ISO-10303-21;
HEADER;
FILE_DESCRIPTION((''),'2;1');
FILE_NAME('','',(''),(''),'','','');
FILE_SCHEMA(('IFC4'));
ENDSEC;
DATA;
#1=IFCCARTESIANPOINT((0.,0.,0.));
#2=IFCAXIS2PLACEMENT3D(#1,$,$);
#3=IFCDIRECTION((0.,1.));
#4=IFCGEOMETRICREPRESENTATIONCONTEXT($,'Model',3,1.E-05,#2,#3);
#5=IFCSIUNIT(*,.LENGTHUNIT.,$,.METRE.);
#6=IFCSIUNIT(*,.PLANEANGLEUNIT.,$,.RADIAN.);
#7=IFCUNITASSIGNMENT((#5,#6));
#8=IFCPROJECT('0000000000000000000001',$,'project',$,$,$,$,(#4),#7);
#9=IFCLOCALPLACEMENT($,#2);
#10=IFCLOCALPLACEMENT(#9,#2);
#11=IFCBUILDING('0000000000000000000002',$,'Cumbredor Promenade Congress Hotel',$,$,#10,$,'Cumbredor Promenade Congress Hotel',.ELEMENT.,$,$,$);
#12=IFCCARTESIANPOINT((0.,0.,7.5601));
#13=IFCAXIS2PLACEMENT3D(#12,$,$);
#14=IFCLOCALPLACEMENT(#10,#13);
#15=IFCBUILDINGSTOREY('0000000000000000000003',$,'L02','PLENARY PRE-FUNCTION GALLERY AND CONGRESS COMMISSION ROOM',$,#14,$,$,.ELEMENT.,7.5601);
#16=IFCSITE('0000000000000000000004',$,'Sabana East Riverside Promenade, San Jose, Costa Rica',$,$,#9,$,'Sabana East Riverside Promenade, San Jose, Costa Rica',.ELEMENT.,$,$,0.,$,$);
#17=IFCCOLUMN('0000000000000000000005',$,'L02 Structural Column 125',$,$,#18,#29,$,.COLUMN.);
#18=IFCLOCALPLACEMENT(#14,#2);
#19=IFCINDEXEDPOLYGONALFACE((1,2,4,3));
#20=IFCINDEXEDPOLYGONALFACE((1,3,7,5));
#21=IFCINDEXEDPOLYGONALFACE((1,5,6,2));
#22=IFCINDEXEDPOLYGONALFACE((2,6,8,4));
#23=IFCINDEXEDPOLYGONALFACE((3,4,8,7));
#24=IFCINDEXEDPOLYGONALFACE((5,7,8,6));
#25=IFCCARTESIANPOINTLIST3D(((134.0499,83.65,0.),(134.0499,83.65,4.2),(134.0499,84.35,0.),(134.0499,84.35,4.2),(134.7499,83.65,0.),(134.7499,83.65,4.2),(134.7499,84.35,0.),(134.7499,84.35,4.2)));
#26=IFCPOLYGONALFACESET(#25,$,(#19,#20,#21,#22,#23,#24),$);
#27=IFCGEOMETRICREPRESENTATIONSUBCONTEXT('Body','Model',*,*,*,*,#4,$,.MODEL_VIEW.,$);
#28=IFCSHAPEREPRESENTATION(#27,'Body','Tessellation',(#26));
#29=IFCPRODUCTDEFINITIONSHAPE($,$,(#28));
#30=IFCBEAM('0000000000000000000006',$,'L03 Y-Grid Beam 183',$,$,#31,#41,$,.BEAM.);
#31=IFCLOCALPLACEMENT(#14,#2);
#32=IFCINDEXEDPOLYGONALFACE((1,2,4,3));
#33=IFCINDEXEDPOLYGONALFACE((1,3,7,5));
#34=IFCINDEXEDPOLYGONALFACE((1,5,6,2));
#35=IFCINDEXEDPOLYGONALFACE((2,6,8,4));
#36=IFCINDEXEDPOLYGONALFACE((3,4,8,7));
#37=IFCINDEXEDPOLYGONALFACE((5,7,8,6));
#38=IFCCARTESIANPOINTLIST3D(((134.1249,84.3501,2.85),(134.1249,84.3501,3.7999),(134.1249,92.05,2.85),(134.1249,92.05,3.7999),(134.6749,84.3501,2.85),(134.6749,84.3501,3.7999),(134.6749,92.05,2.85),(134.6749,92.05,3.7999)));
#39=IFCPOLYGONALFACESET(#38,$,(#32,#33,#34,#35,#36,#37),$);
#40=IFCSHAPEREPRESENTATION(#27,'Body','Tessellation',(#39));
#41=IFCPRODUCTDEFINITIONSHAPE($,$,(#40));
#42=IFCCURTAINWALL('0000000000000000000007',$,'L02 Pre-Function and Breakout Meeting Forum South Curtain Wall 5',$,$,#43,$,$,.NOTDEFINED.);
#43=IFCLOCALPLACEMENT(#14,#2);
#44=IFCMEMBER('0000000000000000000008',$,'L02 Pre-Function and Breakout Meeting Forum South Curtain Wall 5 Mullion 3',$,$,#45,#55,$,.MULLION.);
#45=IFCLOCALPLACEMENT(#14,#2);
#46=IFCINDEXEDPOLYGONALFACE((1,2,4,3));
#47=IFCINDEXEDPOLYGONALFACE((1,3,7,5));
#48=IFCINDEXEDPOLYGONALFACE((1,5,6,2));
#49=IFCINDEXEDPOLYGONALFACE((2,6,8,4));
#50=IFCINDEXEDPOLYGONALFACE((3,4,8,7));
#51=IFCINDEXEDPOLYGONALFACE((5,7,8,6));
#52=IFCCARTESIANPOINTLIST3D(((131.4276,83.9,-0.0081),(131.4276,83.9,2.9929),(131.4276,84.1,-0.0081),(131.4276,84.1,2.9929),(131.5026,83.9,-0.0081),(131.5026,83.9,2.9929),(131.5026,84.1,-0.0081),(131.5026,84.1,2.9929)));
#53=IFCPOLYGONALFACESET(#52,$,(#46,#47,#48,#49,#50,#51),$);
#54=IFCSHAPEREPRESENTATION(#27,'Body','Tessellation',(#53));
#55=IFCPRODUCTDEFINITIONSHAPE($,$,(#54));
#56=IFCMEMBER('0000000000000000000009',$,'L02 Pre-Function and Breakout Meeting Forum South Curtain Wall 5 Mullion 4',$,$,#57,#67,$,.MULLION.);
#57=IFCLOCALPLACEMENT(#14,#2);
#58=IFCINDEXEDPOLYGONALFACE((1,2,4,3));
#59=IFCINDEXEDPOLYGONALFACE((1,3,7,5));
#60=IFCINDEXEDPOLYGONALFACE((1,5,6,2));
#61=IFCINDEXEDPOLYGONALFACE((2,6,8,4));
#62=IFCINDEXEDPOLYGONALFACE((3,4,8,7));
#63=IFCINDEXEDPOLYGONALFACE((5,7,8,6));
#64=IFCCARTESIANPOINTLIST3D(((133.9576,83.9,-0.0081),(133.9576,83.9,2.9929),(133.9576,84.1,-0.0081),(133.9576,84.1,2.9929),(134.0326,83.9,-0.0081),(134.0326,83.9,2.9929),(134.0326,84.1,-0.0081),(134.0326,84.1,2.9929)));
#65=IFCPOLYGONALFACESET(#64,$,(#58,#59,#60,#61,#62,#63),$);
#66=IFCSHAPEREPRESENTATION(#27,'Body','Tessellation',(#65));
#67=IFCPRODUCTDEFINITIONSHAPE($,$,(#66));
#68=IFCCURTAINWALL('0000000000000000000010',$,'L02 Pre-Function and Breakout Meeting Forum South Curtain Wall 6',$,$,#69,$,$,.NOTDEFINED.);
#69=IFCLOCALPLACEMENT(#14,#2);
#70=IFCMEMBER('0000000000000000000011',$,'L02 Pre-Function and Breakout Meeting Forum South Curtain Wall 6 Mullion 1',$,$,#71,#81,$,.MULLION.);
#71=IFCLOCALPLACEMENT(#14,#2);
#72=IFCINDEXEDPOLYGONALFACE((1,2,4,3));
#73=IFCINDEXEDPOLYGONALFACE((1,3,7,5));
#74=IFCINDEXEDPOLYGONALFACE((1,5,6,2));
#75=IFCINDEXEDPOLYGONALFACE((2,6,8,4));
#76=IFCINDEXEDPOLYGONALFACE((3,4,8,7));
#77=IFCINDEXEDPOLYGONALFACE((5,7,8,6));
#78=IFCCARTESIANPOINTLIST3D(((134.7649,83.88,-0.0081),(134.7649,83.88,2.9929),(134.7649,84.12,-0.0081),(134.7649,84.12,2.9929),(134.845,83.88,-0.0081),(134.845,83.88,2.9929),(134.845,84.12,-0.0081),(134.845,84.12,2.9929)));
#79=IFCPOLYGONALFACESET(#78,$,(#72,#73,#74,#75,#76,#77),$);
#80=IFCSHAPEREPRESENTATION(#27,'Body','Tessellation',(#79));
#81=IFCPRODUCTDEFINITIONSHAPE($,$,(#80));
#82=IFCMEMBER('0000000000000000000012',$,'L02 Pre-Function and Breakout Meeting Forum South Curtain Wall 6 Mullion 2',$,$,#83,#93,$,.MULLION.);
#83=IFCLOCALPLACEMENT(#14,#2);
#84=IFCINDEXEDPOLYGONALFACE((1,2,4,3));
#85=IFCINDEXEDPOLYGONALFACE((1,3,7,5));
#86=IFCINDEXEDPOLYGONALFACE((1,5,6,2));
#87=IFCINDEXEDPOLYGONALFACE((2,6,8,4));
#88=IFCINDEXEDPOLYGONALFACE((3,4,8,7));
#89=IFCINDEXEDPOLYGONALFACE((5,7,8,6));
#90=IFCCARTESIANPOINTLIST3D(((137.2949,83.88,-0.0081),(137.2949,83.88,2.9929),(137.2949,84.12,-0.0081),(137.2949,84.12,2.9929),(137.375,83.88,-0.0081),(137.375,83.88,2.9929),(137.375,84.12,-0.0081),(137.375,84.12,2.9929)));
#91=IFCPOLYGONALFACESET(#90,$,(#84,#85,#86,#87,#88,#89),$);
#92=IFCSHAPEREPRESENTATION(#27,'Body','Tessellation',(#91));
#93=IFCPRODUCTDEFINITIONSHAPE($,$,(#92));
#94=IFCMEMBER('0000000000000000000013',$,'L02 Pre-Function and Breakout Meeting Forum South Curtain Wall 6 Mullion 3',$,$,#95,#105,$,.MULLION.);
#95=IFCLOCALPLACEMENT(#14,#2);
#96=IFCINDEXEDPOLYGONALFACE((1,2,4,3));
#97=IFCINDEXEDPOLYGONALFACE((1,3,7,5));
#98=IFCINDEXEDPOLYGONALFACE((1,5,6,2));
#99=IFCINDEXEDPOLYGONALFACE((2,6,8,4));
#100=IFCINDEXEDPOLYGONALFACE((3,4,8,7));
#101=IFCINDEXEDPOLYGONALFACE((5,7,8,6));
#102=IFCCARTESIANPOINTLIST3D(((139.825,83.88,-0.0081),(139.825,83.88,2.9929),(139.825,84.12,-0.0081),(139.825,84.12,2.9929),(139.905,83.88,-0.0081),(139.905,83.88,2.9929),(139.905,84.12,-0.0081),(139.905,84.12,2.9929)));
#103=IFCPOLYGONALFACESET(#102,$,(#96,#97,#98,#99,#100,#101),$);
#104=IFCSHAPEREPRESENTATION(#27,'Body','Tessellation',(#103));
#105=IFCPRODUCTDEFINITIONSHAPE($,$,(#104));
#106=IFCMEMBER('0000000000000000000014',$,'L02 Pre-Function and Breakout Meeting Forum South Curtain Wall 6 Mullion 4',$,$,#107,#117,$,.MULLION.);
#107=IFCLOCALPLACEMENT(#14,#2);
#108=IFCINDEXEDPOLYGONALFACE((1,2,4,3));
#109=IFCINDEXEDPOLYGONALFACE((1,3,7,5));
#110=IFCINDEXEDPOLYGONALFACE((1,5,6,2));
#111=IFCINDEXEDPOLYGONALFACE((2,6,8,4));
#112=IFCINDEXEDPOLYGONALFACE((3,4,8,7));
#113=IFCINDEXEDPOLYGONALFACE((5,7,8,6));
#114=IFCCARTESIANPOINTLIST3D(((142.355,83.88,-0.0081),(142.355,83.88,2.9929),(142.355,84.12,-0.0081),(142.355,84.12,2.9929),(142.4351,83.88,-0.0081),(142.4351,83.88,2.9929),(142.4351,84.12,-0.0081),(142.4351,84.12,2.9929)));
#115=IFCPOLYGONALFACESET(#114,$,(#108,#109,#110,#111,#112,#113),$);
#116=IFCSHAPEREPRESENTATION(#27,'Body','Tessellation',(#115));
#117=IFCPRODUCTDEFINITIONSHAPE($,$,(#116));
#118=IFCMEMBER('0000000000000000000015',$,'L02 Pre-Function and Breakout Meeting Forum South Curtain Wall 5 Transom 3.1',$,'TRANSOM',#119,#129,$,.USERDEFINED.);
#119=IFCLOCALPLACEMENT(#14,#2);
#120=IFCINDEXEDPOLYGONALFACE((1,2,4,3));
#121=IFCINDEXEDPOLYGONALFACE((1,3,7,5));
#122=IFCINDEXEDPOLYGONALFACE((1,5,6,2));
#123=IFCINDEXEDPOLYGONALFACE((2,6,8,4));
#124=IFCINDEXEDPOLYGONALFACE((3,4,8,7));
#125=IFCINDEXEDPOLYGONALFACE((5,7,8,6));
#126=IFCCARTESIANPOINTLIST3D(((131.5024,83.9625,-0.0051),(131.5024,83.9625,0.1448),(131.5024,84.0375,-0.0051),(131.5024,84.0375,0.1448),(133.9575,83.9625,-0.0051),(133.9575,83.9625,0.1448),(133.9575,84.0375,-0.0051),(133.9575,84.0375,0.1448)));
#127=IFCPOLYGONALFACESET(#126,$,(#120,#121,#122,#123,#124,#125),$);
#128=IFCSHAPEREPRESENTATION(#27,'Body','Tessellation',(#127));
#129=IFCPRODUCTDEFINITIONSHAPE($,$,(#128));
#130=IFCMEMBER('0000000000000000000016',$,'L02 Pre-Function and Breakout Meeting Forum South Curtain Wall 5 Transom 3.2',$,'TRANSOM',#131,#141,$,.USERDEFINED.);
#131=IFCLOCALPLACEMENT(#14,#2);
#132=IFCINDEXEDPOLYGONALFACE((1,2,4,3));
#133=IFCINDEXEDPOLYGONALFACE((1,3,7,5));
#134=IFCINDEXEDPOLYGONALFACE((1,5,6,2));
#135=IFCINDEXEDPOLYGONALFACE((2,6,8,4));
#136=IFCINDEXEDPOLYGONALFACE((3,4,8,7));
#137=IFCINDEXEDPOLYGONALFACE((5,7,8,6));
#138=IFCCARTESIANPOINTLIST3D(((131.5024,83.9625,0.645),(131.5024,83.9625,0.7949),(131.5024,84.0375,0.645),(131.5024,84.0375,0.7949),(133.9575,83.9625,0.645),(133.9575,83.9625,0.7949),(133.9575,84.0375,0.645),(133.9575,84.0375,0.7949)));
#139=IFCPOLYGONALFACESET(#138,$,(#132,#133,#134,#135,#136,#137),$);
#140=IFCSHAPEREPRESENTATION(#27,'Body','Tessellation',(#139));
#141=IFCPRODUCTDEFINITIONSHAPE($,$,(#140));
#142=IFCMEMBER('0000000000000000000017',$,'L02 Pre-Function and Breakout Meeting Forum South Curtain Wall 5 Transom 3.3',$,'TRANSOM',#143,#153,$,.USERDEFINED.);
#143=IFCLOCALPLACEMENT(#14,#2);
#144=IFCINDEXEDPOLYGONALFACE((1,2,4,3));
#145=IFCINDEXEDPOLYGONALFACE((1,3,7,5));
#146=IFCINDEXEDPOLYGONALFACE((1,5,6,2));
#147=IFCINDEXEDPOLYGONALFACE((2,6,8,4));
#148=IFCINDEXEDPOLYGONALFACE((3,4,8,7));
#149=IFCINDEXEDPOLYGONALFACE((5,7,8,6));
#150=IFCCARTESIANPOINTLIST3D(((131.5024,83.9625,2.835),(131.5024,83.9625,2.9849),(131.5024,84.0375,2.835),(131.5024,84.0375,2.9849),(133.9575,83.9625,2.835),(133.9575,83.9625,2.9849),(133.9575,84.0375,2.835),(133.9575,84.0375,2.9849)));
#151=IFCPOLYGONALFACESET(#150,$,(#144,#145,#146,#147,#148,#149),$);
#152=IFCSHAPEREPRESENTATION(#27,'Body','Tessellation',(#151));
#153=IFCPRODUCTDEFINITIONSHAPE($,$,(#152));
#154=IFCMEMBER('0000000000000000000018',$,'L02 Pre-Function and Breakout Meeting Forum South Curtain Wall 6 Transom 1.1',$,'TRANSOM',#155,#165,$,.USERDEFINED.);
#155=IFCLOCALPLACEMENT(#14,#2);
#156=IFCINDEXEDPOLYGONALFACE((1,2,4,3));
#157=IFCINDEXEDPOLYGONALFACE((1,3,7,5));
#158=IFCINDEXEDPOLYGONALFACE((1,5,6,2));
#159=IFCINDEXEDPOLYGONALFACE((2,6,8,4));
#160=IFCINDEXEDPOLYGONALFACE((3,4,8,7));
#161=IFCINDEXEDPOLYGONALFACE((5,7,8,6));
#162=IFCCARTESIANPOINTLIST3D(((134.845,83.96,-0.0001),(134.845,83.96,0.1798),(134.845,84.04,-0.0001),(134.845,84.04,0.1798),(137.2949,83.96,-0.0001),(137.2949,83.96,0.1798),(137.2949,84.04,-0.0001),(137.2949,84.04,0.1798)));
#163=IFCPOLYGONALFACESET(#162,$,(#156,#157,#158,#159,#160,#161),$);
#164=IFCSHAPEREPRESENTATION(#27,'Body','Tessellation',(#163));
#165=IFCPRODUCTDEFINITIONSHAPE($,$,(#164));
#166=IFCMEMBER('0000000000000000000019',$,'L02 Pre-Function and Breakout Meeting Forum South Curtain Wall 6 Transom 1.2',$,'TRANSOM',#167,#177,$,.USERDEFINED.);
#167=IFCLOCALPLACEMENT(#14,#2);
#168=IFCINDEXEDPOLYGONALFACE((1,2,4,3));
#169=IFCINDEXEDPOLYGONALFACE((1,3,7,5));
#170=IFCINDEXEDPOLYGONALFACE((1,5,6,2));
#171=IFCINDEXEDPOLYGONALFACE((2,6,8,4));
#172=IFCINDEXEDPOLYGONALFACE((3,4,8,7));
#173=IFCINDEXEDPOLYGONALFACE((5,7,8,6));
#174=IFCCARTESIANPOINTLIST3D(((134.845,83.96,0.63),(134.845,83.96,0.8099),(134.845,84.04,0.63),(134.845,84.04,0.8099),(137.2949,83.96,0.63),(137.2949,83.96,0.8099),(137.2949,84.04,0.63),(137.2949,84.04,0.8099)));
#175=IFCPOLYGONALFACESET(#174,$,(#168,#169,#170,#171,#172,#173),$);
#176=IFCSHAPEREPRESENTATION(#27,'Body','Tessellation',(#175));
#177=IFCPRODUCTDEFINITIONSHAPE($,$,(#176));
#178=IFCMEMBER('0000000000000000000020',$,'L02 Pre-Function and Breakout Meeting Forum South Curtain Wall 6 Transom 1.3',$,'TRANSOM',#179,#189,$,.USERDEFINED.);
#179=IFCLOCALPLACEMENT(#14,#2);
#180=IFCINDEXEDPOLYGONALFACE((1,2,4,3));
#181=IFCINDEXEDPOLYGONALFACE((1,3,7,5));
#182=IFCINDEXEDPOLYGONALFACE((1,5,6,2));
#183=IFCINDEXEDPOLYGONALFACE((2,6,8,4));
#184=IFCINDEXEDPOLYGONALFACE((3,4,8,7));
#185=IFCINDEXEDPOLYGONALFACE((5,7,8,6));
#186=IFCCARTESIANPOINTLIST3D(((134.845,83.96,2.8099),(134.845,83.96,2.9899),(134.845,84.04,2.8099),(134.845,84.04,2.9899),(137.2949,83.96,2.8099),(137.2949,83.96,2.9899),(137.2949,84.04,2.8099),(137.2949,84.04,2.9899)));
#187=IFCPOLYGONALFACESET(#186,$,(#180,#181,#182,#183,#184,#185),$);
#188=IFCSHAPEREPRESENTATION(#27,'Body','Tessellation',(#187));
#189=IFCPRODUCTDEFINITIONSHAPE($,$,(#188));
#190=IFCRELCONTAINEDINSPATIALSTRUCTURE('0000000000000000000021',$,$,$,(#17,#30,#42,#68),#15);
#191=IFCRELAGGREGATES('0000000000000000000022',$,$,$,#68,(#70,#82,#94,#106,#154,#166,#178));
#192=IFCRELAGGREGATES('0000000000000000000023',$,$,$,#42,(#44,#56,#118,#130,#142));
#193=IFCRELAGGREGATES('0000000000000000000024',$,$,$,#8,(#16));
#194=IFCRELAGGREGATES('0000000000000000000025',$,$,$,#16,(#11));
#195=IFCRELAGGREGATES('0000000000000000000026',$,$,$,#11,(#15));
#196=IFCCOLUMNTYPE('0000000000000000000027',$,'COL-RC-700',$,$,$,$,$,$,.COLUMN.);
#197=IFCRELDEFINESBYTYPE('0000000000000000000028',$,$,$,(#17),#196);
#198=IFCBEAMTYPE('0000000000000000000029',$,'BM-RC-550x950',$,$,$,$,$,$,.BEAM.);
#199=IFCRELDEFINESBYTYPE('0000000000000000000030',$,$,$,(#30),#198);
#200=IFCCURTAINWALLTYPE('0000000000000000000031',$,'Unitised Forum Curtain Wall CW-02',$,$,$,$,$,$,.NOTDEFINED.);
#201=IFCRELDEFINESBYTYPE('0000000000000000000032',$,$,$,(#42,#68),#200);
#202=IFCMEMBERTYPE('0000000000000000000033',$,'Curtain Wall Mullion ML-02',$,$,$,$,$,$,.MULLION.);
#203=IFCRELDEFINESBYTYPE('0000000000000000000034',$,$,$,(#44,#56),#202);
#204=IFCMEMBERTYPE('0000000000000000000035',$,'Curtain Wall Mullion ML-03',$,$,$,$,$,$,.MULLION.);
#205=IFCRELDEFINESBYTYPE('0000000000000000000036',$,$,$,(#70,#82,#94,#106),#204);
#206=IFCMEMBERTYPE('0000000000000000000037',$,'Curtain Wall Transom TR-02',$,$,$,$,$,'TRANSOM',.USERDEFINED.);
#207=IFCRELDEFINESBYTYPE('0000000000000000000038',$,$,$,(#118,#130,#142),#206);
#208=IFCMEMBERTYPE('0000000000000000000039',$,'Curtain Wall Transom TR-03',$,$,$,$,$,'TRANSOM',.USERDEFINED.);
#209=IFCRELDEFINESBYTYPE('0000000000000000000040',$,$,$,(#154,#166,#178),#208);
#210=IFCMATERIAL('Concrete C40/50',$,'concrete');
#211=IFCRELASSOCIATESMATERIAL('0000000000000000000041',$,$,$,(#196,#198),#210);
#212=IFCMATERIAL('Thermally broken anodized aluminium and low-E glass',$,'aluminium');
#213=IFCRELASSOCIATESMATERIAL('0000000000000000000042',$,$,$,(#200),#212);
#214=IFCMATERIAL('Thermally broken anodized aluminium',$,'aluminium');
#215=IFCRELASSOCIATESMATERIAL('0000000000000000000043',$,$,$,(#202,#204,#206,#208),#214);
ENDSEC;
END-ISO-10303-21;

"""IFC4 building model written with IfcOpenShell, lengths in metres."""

from ifc_helpers import new_model, si_unit, direction, frame, origin, origin_2d, place, context, subcontext, project, spatial, rectangle, extrude, material, material_profile, profile_set, type_object, element, aggregate, save


model = new_model("IFC4")

# Units and contexts
model_context = context("Model", 3, precision=1e-05, world=origin(), true_north=direction((0.0, 1.0)))
body_context = subcontext(model_context, "Body", "Model", "MODEL_VIEW")
ifc_project = project(units=[si_unit("LENGTHUNIT", "METRE"), si_unit("PLANEANGLEUNIT", "RADIAN")], contexts=[model_context])

# Site, building, storey
site_placement = place(None, origin())
site = spatial("IfcSite", under=ifc_project, at=site_placement, Name="Sabana East Riverside Promenade, San Jose, Costa Rica", LongName="Sabana East Riverside Promenade, San Jose, Costa Rica", CompositionType="ELEMENT", RefElevation=0.0)
building_placement = place(site_placement, origin())
building = spatial("IfcBuilding", under=site, at=building_placement, Name="Cumbredor Promenade Congress Hotel", LongName="Cumbredor Promenade Congress Hotel", CompositionType="ELEMENT")
storey_placement = place(building_placement, frame((0.0, 0.0, 7.5601)))
storey = spatial("IfcBuildingStorey", under=building, at=storey_placement, Name="L02", Description="PLENARY PRE-FUNCTION GALLERY AND CONGRESS COMMISSION ROOM", CompositionType="ELEMENT", Elevation=7.5601)

# Column
ifc_material_1 = material(Name="Concrete C40/50", Category="concrete")
ifc_material_profile_1 = material_profile(ifc_material_1, rectangle(XDim=0.7, YDim=0.7, at=origin_2d()), Name="RC 700x700")
ifc_profile_set_1 = profile_set([ifc_material_profile_1], Name="Concrete C40/50")
column_type = type_object("IfcColumnType", Name="COL-RC-700", PredefinedType="COLUMN", material=ifc_profile_set_1)
column_placement = place(storey_placement, frame((134.3999, 84.0, 0.0), z_axis=(0.0, 0.0, 1.0), x_axis=(1.0, 0.0, 0.0)))
element("IfcColumn", 1, at=column_placement, inside=storey, type_object=column_type, Name="L02 Structural Column 125", PredefinedType="COLUMN", context=body_context, shape_type="SweptSolid", body=[
    extrude(rectangle(XDim=0.7, YDim=0.7, at=origin_2d()), origin(), (0.0, 0.0, 1.0), 4.2),
])

# Beam
ifc_material_profile_2 = material_profile(ifc_material_1, rectangle(XDim=0.55, YDim=0.95, at=origin_2d()), Name="RC BEAM 550x950")
ifc_profile_set_2 = profile_set([ifc_material_profile_2], Name="Concrete C40/50")
beam_type_1 = type_object("IfcBeamType", Name="BM-RC-550x950", PredefinedType="BEAM", material=ifc_profile_set_2)
beam_1_placement = place(storey_placement, frame((134.3999, 84.3501, 3.325), z_axis=(0.0, 1.0, 0.0), x_axis=(-1.0, 0.0, 0.0)))
element("IfcBeam", 2, at=beam_1_placement, inside=storey, type_object=beam_type_1, Name="L03 Y-Grid Beam 183", PredefinedType="BEAM", context=body_context, shape_type="SweptSolid", body=[
    extrude(rectangle(XDim=0.55, YDim=0.95, at=origin_2d()), origin(), (0.0, 0.0, 1.0), 7.7),
])

# Curtain walls, members
ifc_material_2 = material(Name="Thermally broken anodized aluminium and low-E glass", Category="aluminium")
curtain_wall_type = type_object("IfcCurtainWallType", Name="Unitised Forum Curtain Wall CW-02", PredefinedType="NOTDEFINED", material=ifc_material_2)
curtain_wall_1_placement = place(storey_placement, origin())
curtain_wall_1 = element("IfcCurtainWall", 3, at=curtain_wall_1_placement, inside=storey, type_object=curtain_wall_type, Name="L02 Pre-Function and Breakout Meeting Forum South Curtain Wall 5", PredefinedType="NOTDEFINED")
ifc_material_3 = material(Name="Thermally broken anodized aluminium", Category="aluminium")
ifc_material_profile_3 = material_profile(ifc_material_3, rectangle(XDim=0.075, YDim=0.2, at=origin_2d()), Name="ALU MULLION 75x200")
ifc_profile_set_3 = profile_set([ifc_material_profile_3], Name="Thermally broken anodized aluminium")
member_type_1 = type_object("IfcMemberType", Name="Curtain Wall Mullion ML-02", PredefinedType="MULLION", material=ifc_profile_set_3)
member_1_placement = place(storey_placement, frame((131.4651, 84.0, -0.0081), z_axis=(0.0, 0.0, 1.0), x_axis=(1.0, 0.0, 0.0)))
member_1 = element("IfcMember", 4, at=member_1_placement, type_object=member_type_1, Name="L02 Pre-Function and Breakout Meeting Forum South Curtain Wall 5 Mullion 3", PredefinedType="MULLION", context=body_context, shape_type="SweptSolid", body=[
    extrude(rectangle(XDim=0.075, YDim=0.2, at=origin_2d()), origin(), (0.0, 0.0, 1.0), 3.001),
])
member_2_placement = place(storey_placement, frame((133.9951, 84.0, -0.0081), z_axis=(0.0, 0.0, 1.0), x_axis=(1.0, 0.0, 0.0)))
member_2 = element("IfcMember", 5, at=member_2_placement, type_object=member_type_1, Name="L02 Pre-Function and Breakout Meeting Forum South Curtain Wall 5 Mullion 4", PredefinedType="MULLION", context=body_context, shape_type="SweptSolid", body=[
    extrude(rectangle(XDim=0.075, YDim=0.2, at=origin_2d()), origin(), (0.0, 0.0, 1.0), 3.001),
])
curtain_wall_2_placement = place(storey_placement, origin())
curtain_wall_2 = element("IfcCurtainWall", 6, at=curtain_wall_2_placement, inside=storey, type_object=curtain_wall_type, Name="L02 Pre-Function and Breakout Meeting Forum South Curtain Wall 6", PredefinedType="NOTDEFINED")
ifc_material_profile_4 = material_profile(ifc_material_3, rectangle(XDim=0.0801, YDim=0.24, at=origin_2d()), Name="ALU MULLION 80x240")
ifc_profile_set_4 = profile_set([ifc_material_profile_4], Name="Thermally broken anodized aluminium")
member_type_2 = type_object("IfcMemberType", Name="Curtain Wall Mullion ML-03", PredefinedType="MULLION", material=ifc_profile_set_4)
member_3_placement = place(storey_placement, frame((134.8049, 84.0, -0.0081), z_axis=(0.0, 0.0, 1.0), x_axis=(1.0, 0.0, 0.0)))
member_3 = element("IfcMember", 7, at=member_3_placement, type_object=member_type_2, Name="L02 Pre-Function and Breakout Meeting Forum South Curtain Wall 6 Mullion 1", PredefinedType="MULLION", context=body_context, shape_type="SweptSolid", body=[
    extrude(rectangle(XDim=0.0801, YDim=0.24, at=origin_2d()), origin(), (0.0, 0.0, 1.0), 3.001),
])
member_4_placement = place(storey_placement, frame((137.335, 84.0, -0.0081), z_axis=(0.0, 0.0, 1.0), x_axis=(1.0, 0.0, 0.0)))
member_4 = element("IfcMember", 8, at=member_4_placement, type_object=member_type_2, Name="L02 Pre-Function and Breakout Meeting Forum South Curtain Wall 6 Mullion 2", PredefinedType="MULLION", context=body_context, shape_type="SweptSolid", body=[
    extrude(rectangle(XDim=0.0801, YDim=0.24, at=origin_2d()), origin(), (0.0, 0.0, 1.0), 3.001),
])
member_5_placement = place(storey_placement, frame((139.865, 84.0, -0.0081), z_axis=(0.0, 0.0, 1.0), x_axis=(1.0, 0.0, 0.0)))
member_5 = element("IfcMember", 9, at=member_5_placement, type_object=member_type_2, Name="L02 Pre-Function and Breakout Meeting Forum South Curtain Wall 6 Mullion 3", PredefinedType="MULLION", context=body_context, shape_type="SweptSolid", body=[
    extrude(rectangle(XDim=0.0801, YDim=0.24, at=origin_2d()), origin(), (0.0, 0.0, 1.0), 3.001),
])
member_6_placement = place(storey_placement, frame((142.395, 84.0, -0.0081), z_axis=(0.0, 0.0, 1.0), x_axis=(1.0, 0.0, 0.0)))
member_6 = element("IfcMember", 10, at=member_6_placement, type_object=member_type_2, Name="L02 Pre-Function and Breakout Meeting Forum South Curtain Wall 6 Mullion 4", PredefinedType="MULLION", context=body_context, shape_type="SweptSolid", body=[
    extrude(rectangle(XDim=0.0801, YDim=0.24, at=origin_2d()), origin(), (0.0, 0.0, 1.0), 3.001),
])

# Members
ifc_material_profile_5 = material_profile(ifc_material_3, rectangle(XDim=0.075, YDim=0.1499, at=origin_2d()), Name="ALU TRANSOM 75x150")
ifc_profile_set_5 = profile_set([ifc_material_profile_5], Name="Thermally broken anodized aluminium")
member_type_3 = type_object("IfcMemberType", Name="Curtain Wall Transom TR-02", ElementType="TRANSOM", PredefinedType="USERDEFINED", material=ifc_profile_set_5)
member_7_placement = place(storey_placement, frame((131.5024, 84.0, 0.0698), z_axis=(1.0, 0.0, 0.0), x_axis=(0.0, 1.0, 0.0)))
member_7 = element("IfcMember", 11, at=member_7_placement, type_object=member_type_3, Name="L02 Pre-Function and Breakout Meeting Forum South Curtain Wall 5 Transom 3.1", ObjectType="TRANSOM", PredefinedType="USERDEFINED", context=body_context, shape_type="SweptSolid", body=[
    extrude(rectangle(XDim=0.075, YDim=0.1499, at=origin_2d()), origin(), (0.0, 0.0, 1.0), 2.4551),
])
member_8_placement = place(storey_placement, frame((131.5024, 84.0, 0.72), z_axis=(1.0, 0.0, 0.0), x_axis=(0.0, 1.0, 0.0)))
member_8 = element("IfcMember", 12, at=member_8_placement, type_object=member_type_3, Name="L02 Pre-Function and Breakout Meeting Forum South Curtain Wall 5 Transom 3.2", ObjectType="TRANSOM", PredefinedType="USERDEFINED", context=body_context, shape_type="SweptSolid", body=[
    extrude(rectangle(XDim=0.075, YDim=0.1499, at=origin_2d()), origin(), (0.0, 0.0, 1.0), 2.4551),
])
member_9_placement = place(storey_placement, frame((131.5024, 84.0, 2.9099), z_axis=(1.0, 0.0, 0.0), x_axis=(0.0, 1.0, 0.0)))
member_9 = element("IfcMember", 13, at=member_9_placement, type_object=member_type_3, Name="L02 Pre-Function and Breakout Meeting Forum South Curtain Wall 5 Transom 3.3", ObjectType="TRANSOM", PredefinedType="USERDEFINED", context=body_context, shape_type="SweptSolid", body=[
    extrude(rectangle(XDim=0.075, YDim=0.1499, at=origin_2d()), origin(), (0.0, 0.0, 1.0), 2.4551),
])
ifc_material_profile_6 = material_profile(ifc_material_3, rectangle(XDim=0.0801, YDim=0.1799, at=origin_2d()), Name="ALU TRANSOM 80x180")
ifc_profile_set_6 = profile_set([ifc_material_profile_6], Name="Thermally broken anodized aluminium")
member_type_4 = type_object("IfcMemberType", Name="Curtain Wall Transom TR-03", ElementType="TRANSOM", PredefinedType="USERDEFINED", material=ifc_profile_set_6)
member_10_placement = place(storey_placement, frame((134.845, 84.0, 0.0898), z_axis=(1.0, 0.0, 0.0), x_axis=(0.0, 1.0, 0.0)))
member_10 = element("IfcMember", 14, at=member_10_placement, type_object=member_type_4, Name="L02 Pre-Function and Breakout Meeting Forum South Curtain Wall 6 Transom 1.1", ObjectType="TRANSOM", PredefinedType="USERDEFINED", context=body_context, shape_type="SweptSolid", body=[
    extrude(rectangle(XDim=0.0801, YDim=0.1799, at=origin_2d()), origin(), (0.0, 0.0, 1.0), 2.45),
])
member_11_placement = place(storey_placement, frame((134.845, 84.0, 0.72), z_axis=(1.0, 0.0, 0.0), x_axis=(0.0, 1.0, 0.0)))
member_11 = element("IfcMember", 15, at=member_11_placement, type_object=member_type_4, Name="L02 Pre-Function and Breakout Meeting Forum South Curtain Wall 6 Transom 1.2", ObjectType="TRANSOM", PredefinedType="USERDEFINED", context=body_context, shape_type="SweptSolid", body=[
    extrude(rectangle(XDim=0.0801, YDim=0.1799, at=origin_2d()), origin(), (0.0, 0.0, 1.0), 2.45),
])
member_12_placement = place(storey_placement, frame((134.845, 84.0, 2.8999), z_axis=(1.0, 0.0, 0.0), x_axis=(0.0, 1.0, 0.0)))
member_12 = element("IfcMember", 16, at=member_12_placement, type_object=member_type_4, Name="L02 Pre-Function and Breakout Meeting Forum South Curtain Wall 6 Transom 1.3", ObjectType="TRANSOM", PredefinedType="USERDEFINED", context=body_context, shape_type="SweptSolid", body=[
    extrude(rectangle(XDim=0.0801, YDim=0.1799, at=origin_2d()), origin(), (0.0, 0.0, 1.0), 2.45),
])

aggregate(curtain_wall_2, [member_3, member_4, member_5, member_6, member_10, member_11, member_12])
aggregate(curtain_wall_1, [member_1, member_2, member_7, member_8, member_9])

save(model, "model.ifc")
